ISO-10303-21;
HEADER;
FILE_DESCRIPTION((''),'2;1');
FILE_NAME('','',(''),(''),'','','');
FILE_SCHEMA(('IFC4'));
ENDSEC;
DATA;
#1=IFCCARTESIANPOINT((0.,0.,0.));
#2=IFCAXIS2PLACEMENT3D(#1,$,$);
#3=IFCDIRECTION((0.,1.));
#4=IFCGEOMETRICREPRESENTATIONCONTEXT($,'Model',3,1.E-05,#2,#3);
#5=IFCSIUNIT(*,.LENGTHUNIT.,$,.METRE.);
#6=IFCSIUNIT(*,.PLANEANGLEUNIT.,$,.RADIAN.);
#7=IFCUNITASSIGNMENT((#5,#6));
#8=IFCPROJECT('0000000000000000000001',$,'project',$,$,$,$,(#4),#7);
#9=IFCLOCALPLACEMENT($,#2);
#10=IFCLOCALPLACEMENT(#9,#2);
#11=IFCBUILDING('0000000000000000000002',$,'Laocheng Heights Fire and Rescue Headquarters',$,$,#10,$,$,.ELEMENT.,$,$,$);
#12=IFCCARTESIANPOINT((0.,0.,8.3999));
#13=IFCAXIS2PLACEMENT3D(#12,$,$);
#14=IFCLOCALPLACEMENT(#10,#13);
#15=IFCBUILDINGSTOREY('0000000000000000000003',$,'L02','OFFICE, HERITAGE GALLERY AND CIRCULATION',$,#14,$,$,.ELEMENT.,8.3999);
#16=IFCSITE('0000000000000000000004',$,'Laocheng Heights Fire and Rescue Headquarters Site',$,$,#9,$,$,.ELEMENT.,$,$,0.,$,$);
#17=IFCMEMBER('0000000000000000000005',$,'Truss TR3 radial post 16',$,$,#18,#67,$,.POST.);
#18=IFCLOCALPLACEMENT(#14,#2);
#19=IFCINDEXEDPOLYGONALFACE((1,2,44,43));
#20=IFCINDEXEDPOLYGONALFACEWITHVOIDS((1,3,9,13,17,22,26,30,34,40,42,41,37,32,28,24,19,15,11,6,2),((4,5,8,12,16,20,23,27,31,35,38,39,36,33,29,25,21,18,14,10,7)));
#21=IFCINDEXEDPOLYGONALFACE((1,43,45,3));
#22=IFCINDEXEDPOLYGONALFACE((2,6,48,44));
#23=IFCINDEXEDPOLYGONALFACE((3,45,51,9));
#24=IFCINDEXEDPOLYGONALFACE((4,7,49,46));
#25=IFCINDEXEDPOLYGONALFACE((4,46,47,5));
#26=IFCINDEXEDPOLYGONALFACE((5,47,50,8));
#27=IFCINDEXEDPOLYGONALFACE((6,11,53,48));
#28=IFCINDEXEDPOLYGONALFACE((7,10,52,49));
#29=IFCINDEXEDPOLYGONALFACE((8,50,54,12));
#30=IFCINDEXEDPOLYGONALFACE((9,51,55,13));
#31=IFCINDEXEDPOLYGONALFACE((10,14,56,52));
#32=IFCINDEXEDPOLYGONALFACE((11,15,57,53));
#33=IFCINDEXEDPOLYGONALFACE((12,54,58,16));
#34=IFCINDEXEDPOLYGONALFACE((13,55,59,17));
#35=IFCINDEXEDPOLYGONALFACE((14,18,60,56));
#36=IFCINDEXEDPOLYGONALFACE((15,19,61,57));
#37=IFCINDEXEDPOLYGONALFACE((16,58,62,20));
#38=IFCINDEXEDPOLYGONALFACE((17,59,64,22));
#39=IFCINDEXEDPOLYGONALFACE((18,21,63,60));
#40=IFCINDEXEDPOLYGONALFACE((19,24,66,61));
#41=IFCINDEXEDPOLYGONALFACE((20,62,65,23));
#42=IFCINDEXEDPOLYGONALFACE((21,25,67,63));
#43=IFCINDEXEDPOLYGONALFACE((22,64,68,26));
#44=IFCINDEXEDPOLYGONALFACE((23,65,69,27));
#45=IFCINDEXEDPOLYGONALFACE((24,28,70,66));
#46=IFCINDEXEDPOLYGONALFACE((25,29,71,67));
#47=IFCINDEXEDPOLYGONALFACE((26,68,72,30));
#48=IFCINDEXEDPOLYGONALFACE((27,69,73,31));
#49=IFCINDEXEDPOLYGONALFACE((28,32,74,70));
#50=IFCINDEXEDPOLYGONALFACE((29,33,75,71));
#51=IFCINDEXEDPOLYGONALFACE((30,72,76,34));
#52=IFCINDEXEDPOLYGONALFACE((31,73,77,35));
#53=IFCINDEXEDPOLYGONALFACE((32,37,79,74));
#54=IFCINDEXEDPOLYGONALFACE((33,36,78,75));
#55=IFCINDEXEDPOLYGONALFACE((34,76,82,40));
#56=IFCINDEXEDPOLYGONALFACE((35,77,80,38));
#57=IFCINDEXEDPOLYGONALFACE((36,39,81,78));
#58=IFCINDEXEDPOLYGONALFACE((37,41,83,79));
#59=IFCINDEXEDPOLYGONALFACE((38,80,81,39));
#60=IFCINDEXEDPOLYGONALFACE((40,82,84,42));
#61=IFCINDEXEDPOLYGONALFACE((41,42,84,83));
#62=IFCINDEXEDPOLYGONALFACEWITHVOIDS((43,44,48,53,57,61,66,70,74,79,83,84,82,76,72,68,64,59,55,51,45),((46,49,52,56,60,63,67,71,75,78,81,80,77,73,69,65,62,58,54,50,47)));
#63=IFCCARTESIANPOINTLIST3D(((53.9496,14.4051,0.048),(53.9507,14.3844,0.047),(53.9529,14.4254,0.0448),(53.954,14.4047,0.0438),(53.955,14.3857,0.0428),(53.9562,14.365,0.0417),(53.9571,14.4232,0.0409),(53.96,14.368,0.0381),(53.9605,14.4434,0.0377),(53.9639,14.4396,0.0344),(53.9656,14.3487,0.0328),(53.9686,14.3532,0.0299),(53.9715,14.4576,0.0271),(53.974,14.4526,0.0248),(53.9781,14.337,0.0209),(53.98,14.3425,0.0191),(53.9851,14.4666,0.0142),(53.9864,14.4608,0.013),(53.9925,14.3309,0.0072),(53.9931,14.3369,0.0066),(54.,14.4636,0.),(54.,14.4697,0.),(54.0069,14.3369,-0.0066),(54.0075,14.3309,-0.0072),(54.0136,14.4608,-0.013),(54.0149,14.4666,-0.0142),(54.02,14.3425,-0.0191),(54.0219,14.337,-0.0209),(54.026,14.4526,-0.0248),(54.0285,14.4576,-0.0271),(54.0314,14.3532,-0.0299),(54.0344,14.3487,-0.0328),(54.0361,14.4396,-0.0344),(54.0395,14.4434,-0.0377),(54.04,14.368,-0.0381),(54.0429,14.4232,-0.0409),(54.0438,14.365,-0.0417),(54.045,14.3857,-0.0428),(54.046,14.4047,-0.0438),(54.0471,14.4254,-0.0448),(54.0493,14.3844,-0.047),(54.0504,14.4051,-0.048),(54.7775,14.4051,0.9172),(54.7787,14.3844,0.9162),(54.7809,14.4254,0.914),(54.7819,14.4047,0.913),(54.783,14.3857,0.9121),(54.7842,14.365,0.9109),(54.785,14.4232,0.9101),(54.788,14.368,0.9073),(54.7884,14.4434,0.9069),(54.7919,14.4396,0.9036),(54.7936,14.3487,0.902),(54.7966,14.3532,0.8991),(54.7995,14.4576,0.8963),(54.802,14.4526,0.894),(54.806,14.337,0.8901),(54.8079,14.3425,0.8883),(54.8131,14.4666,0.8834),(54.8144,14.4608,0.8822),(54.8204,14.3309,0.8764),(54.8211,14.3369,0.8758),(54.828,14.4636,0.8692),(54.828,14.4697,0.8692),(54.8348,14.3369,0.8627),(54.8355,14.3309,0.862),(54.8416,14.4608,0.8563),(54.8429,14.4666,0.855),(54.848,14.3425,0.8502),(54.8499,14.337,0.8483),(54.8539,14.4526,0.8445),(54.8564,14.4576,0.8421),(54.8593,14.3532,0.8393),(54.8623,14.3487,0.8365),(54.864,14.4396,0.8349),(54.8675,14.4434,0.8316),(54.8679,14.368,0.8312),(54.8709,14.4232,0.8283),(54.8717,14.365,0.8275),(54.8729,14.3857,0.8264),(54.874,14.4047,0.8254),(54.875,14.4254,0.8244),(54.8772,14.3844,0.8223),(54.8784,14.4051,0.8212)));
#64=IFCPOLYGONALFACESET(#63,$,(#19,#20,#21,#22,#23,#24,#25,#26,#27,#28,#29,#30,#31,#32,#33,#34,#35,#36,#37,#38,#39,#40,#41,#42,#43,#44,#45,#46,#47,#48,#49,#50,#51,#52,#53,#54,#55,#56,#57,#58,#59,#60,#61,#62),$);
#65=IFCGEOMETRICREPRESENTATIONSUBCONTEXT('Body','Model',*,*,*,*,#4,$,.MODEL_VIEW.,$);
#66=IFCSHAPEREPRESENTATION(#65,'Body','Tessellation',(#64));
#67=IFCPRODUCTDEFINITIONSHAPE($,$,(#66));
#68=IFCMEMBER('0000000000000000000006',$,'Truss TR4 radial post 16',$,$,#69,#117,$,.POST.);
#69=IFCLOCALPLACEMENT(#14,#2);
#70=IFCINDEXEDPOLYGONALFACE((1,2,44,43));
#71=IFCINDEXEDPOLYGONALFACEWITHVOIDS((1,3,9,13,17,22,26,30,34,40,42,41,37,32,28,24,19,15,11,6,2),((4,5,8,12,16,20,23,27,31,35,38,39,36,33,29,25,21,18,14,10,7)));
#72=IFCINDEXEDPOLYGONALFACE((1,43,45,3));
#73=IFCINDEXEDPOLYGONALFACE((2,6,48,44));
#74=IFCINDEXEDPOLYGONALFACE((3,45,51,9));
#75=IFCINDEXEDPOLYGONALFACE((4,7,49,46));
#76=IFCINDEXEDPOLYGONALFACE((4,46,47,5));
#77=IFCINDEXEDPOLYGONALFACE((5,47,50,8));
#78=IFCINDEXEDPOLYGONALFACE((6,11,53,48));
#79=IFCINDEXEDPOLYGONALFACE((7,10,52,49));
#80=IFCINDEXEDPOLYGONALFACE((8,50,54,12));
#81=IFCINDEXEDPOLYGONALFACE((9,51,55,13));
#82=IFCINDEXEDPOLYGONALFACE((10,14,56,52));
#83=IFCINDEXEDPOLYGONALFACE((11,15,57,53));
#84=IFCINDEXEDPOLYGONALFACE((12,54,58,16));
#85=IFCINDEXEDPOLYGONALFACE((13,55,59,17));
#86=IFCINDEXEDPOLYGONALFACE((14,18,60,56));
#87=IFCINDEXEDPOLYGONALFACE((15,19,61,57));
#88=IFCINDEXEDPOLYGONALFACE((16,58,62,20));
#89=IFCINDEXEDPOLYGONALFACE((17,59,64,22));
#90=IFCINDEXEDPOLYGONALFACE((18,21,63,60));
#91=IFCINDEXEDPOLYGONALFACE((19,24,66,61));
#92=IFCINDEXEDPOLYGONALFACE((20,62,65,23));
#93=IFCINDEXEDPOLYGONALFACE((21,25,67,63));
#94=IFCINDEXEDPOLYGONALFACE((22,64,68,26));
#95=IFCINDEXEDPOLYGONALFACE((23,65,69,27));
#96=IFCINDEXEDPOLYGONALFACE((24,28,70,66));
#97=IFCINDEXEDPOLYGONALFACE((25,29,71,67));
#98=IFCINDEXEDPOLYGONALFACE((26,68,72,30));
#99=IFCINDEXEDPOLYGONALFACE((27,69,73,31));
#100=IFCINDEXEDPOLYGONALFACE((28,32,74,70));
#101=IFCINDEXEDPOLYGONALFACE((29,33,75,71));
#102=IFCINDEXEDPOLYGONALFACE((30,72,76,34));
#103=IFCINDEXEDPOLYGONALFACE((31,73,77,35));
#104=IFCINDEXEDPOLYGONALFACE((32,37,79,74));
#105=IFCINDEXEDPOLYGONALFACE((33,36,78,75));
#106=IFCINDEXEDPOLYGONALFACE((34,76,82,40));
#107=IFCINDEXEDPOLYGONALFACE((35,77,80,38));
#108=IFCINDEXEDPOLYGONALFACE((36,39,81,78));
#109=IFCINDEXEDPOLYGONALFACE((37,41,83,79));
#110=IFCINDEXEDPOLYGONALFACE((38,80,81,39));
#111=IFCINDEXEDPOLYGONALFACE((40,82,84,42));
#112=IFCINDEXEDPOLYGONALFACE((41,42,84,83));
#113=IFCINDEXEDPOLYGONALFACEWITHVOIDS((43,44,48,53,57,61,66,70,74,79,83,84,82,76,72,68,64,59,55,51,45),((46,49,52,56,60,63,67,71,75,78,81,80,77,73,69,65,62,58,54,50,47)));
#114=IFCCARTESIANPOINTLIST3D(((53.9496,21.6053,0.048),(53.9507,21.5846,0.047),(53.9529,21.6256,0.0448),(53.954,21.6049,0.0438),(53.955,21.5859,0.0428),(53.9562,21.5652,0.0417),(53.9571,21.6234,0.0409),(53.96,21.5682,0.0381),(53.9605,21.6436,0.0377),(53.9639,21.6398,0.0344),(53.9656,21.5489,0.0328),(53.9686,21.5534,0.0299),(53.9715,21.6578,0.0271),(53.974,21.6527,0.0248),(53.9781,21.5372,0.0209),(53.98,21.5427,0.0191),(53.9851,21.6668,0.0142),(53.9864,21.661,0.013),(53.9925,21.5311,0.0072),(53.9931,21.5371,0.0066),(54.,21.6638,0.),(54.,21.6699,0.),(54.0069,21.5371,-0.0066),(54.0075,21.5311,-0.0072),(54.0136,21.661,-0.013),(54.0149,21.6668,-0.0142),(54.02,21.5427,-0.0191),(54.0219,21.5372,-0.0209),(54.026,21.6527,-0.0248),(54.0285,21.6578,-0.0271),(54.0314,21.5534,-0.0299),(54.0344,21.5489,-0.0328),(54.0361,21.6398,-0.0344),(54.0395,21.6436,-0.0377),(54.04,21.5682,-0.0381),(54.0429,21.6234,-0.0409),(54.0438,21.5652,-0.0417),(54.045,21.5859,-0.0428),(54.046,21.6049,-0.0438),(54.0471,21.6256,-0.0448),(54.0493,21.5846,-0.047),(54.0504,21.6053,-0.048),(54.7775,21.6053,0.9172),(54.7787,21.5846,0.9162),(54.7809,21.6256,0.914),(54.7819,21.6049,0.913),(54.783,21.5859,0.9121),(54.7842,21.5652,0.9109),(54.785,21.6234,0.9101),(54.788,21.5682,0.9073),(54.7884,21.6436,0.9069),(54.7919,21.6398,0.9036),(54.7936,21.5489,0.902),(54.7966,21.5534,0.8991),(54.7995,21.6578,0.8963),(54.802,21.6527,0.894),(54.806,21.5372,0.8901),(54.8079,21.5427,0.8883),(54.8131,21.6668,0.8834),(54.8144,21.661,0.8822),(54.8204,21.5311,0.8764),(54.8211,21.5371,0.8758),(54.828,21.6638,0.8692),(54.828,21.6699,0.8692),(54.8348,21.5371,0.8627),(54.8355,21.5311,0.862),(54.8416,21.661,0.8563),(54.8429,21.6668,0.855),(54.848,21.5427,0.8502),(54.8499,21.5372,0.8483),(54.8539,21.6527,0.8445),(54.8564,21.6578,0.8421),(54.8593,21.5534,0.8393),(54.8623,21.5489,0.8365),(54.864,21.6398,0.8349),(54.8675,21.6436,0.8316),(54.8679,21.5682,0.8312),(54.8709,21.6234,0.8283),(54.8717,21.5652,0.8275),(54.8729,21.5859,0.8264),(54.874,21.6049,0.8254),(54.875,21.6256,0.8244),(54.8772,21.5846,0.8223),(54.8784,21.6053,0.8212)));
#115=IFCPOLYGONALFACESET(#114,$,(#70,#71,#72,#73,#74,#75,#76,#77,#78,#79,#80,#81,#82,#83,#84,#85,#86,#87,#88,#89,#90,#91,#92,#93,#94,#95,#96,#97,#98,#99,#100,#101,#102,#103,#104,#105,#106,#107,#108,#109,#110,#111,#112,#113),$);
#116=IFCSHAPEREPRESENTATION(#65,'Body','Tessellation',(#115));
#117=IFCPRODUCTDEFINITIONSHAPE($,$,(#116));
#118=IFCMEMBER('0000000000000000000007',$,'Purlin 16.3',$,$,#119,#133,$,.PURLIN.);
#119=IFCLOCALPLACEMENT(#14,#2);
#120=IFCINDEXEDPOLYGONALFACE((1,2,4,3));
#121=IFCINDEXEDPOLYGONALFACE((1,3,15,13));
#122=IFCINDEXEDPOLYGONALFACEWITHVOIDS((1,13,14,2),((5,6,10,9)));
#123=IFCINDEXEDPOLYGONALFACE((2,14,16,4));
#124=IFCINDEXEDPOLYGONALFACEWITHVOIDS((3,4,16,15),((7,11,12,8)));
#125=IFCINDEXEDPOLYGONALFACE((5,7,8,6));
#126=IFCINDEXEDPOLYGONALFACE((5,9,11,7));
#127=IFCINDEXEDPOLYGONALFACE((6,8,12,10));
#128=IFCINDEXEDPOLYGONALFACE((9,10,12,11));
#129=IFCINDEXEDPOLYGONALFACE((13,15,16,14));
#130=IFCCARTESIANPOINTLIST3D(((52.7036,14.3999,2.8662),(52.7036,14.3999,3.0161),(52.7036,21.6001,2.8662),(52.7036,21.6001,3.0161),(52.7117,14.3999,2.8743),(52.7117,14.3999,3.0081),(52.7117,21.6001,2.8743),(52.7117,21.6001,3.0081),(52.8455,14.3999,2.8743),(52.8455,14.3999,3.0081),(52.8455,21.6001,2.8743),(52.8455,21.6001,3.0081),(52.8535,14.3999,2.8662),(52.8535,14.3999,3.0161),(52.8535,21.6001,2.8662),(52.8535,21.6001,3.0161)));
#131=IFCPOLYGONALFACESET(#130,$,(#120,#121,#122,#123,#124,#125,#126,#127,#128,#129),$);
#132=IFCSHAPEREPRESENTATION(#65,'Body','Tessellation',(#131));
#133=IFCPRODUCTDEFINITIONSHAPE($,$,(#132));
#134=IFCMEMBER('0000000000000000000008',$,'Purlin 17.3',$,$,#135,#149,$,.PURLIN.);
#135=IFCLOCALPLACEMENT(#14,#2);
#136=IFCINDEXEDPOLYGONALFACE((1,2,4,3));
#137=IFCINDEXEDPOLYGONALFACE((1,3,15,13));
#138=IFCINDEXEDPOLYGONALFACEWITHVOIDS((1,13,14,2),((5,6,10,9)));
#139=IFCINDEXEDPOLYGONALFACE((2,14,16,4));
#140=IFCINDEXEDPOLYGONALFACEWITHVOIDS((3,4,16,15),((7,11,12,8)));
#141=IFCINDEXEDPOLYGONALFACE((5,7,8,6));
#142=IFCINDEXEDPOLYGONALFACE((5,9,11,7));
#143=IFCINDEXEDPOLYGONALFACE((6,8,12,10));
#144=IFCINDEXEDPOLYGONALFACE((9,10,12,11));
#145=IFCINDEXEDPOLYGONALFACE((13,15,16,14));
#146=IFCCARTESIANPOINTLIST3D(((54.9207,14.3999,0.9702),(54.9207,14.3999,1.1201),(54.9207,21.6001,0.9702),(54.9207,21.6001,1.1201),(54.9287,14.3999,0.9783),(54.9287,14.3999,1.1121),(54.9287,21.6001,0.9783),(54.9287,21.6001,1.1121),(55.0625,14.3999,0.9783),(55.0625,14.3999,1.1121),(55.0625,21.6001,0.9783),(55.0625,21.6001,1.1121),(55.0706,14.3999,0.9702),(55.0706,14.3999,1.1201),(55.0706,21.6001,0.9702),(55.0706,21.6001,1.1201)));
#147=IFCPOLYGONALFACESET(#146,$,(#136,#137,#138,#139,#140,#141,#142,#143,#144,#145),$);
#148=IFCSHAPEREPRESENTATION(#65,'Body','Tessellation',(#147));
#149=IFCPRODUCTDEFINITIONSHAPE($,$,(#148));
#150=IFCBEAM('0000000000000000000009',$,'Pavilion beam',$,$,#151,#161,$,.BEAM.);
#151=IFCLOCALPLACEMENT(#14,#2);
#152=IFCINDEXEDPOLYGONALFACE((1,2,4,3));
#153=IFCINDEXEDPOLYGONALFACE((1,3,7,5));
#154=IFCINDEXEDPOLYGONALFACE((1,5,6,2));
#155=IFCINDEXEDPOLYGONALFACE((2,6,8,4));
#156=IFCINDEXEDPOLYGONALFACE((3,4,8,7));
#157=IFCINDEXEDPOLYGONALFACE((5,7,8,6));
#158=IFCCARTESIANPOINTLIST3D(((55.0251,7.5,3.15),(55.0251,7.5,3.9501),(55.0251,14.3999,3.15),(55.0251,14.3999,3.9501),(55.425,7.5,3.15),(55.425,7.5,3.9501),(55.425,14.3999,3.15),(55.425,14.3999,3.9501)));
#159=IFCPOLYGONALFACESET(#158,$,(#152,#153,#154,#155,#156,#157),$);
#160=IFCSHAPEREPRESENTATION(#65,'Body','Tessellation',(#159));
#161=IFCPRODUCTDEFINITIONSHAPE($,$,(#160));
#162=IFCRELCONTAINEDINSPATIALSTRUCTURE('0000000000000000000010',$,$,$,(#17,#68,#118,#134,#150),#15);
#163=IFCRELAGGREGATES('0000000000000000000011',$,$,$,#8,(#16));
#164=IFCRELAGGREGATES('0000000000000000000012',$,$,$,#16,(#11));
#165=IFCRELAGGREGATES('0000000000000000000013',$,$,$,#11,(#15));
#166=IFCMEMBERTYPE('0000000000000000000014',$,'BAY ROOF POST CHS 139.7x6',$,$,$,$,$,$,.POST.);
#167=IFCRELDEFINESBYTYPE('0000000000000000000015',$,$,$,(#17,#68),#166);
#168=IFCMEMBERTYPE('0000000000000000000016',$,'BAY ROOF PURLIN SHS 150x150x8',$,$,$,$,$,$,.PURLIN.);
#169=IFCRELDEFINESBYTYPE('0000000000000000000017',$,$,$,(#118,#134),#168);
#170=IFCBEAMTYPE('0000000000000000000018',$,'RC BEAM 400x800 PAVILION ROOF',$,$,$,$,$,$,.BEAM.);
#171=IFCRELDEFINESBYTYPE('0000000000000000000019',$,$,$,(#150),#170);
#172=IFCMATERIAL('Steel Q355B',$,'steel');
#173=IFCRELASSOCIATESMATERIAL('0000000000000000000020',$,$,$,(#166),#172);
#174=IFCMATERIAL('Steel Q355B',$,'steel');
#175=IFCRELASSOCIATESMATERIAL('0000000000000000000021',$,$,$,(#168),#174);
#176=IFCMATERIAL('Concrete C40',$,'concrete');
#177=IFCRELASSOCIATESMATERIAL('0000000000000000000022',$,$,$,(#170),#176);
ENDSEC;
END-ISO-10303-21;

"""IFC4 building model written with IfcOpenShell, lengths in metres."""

from ifc_helpers import new_model, si_unit, direction, frame, origin, origin_2d, place, context, subcontext, project, spatial, rectangle, hollow_rectangle, hollow_circle, extrude, material, material_profile, profile_set, type_object, element, save


model = new_model("IFC4")

# Units and contexts
model_context = context("Model", 3, precision=1e-05, world=origin(), true_north=direction((0.0, 1.0)))
body_context = subcontext(model_context, "Body", "Model", "MODEL_VIEW")
ifc_project = project(units=[si_unit("LENGTHUNIT", "METRE"), si_unit("PLANEANGLEUNIT", "RADIAN")], contexts=[model_context])

# Site, building, storey
site_placement = place(None, origin())
site = spatial("IfcSite", under=ifc_project, at=site_placement, Name="Laocheng Heights Fire and Rescue Headquarters Site", CompositionType="ELEMENT", RefElevation=0.0)
building_placement = place(site_placement, origin())
building = spatial("IfcBuilding", under=site, at=building_placement, Name="Laocheng Heights Fire and Rescue Headquarters", CompositionType="ELEMENT")
storey_placement = place(building_placement, frame((0.0, 0.0, 8.3999)))
storey = spatial("IfcBuildingStorey", under=building, at=storey_placement, Name="L02", Description="OFFICE, HERITAGE GALLERY AND CIRCULATION", CompositionType="ELEMENT", Elevation=8.3999)

# Members
ifc_material_1 = material(Name="Steel Q355B", Category="steel")
ifc_material_profile_1 = material_profile(ifc_material_1, hollow_circle(Radius=0.0698, WallThickness=0.0061, at=origin_2d()), Name="CHS 139.7x6")
ifc_profile_set_1 = profile_set([ifc_material_profile_1], Name="Steel Q355B")
member_type_1 = type_object("IfcMemberType", Name="BAY ROOF POST CHS 139.7x6", PredefinedType="POST", material=ifc_profile_set_1)
for number, where, z_axis, x_axis, name in (
    (1, (54.0, 14.3999, 0.0), (0.689711, 0.0, 0.724085), (0.0, 1.0, 0.0), "Truss TR3 radial post 16"),
    (2, (54.0, 21.6001, 0.0), (0.689711, 0.0, 0.724085), (0.0, 1.0, 0.0), "Truss TR4 radial post 16"),
):
    element("IfcMember", number, at=place(storey_placement, frame(where, z_axis=z_axis, x_axis=x_axis)), inside=storey, type_object=member_type_1, Name=name, PredefinedType="POST", context=body_context, shape_type="SweptSolid", body=[
        extrude(hollow_circle(Radius=0.0698, WallThickness=0.0061, at=origin_2d()), origin(), (0.0, 0.0, 1.0), 1.2004),
    ])
ifc_material_2 = material(Name="Steel Q355B", Category="steel")
ifc_material_profile_2 = material_profile(ifc_material_2, hollow_rectangle(XDim=0.1499, YDim=0.1499, WallThickness=0.0081, at=origin_2d()), Name="SHS 150x150x8")
ifc_profile_set_2 = profile_set([ifc_material_profile_2], Name="Steel Q355B")
member_type_2 = type_object("IfcMemberType", Name="BAY ROOF PURLIN SHS 150x150x8", PredefinedType="PURLIN", material=ifc_profile_set_2)
for number, where, z_axis, x_axis, name in (
    (3, (52.7786, 14.3999, 2.9412), (0.0, 1.0, 0.0), (-1.0, 0.0, 0.0), "Purlin 16.3"),
    (4, (54.9956, 14.3999, 1.0452), (0.0, 1.0, 0.0), (-1.0, 0.0, 0.0), "Purlin 17.3"),
):
    element("IfcMember", number, at=place(storey_placement, frame(where, z_axis=z_axis, x_axis=x_axis)), inside=storey, type_object=member_type_2, Name=name, PredefinedType="PURLIN", context=body_context, shape_type="SweptSolid", body=[
        extrude(hollow_rectangle(XDim=0.1499, YDim=0.1499, WallThickness=0.0081, at=origin_2d()), origin(), (0.0, 0.0, 1.0), 7.2002),
    ])

# Beam
ifc_material_3 = material(Name="Concrete C40", Category="concrete")
ifc_material_profile_3 = material_profile(ifc_material_3, rectangle(XDim=0.3999, YDim=0.8, at=origin_2d()), Name="RC BEAM 400x800 PAVILION ROOF")
ifc_profile_set_3 = profile_set([ifc_material_profile_3], Name="Concrete C40")
beam_type = type_object("IfcBeamType", Name="RC BEAM 400x800 PAVILION ROOF", PredefinedType="BEAM", material=ifc_profile_set_3)
beam_placement = place(storey_placement, frame((55.2251, 7.5, 3.55), z_axis=(0.0, 1.0, 0.0), x_axis=(-1.0, 0.0, 0.0)))
element("IfcBeam", 5, at=beam_placement, inside=storey, type_object=beam_type, Name="Pavilion beam", PredefinedType="BEAM", context=body_context, shape_type="SweptSolid", body=[
    extrude(rectangle(XDim=0.3999, YDim=0.8, at=origin_2d()), origin(), (0.0, 0.0, 1.0), 6.8999),
])

save(model, "model.ifc")
